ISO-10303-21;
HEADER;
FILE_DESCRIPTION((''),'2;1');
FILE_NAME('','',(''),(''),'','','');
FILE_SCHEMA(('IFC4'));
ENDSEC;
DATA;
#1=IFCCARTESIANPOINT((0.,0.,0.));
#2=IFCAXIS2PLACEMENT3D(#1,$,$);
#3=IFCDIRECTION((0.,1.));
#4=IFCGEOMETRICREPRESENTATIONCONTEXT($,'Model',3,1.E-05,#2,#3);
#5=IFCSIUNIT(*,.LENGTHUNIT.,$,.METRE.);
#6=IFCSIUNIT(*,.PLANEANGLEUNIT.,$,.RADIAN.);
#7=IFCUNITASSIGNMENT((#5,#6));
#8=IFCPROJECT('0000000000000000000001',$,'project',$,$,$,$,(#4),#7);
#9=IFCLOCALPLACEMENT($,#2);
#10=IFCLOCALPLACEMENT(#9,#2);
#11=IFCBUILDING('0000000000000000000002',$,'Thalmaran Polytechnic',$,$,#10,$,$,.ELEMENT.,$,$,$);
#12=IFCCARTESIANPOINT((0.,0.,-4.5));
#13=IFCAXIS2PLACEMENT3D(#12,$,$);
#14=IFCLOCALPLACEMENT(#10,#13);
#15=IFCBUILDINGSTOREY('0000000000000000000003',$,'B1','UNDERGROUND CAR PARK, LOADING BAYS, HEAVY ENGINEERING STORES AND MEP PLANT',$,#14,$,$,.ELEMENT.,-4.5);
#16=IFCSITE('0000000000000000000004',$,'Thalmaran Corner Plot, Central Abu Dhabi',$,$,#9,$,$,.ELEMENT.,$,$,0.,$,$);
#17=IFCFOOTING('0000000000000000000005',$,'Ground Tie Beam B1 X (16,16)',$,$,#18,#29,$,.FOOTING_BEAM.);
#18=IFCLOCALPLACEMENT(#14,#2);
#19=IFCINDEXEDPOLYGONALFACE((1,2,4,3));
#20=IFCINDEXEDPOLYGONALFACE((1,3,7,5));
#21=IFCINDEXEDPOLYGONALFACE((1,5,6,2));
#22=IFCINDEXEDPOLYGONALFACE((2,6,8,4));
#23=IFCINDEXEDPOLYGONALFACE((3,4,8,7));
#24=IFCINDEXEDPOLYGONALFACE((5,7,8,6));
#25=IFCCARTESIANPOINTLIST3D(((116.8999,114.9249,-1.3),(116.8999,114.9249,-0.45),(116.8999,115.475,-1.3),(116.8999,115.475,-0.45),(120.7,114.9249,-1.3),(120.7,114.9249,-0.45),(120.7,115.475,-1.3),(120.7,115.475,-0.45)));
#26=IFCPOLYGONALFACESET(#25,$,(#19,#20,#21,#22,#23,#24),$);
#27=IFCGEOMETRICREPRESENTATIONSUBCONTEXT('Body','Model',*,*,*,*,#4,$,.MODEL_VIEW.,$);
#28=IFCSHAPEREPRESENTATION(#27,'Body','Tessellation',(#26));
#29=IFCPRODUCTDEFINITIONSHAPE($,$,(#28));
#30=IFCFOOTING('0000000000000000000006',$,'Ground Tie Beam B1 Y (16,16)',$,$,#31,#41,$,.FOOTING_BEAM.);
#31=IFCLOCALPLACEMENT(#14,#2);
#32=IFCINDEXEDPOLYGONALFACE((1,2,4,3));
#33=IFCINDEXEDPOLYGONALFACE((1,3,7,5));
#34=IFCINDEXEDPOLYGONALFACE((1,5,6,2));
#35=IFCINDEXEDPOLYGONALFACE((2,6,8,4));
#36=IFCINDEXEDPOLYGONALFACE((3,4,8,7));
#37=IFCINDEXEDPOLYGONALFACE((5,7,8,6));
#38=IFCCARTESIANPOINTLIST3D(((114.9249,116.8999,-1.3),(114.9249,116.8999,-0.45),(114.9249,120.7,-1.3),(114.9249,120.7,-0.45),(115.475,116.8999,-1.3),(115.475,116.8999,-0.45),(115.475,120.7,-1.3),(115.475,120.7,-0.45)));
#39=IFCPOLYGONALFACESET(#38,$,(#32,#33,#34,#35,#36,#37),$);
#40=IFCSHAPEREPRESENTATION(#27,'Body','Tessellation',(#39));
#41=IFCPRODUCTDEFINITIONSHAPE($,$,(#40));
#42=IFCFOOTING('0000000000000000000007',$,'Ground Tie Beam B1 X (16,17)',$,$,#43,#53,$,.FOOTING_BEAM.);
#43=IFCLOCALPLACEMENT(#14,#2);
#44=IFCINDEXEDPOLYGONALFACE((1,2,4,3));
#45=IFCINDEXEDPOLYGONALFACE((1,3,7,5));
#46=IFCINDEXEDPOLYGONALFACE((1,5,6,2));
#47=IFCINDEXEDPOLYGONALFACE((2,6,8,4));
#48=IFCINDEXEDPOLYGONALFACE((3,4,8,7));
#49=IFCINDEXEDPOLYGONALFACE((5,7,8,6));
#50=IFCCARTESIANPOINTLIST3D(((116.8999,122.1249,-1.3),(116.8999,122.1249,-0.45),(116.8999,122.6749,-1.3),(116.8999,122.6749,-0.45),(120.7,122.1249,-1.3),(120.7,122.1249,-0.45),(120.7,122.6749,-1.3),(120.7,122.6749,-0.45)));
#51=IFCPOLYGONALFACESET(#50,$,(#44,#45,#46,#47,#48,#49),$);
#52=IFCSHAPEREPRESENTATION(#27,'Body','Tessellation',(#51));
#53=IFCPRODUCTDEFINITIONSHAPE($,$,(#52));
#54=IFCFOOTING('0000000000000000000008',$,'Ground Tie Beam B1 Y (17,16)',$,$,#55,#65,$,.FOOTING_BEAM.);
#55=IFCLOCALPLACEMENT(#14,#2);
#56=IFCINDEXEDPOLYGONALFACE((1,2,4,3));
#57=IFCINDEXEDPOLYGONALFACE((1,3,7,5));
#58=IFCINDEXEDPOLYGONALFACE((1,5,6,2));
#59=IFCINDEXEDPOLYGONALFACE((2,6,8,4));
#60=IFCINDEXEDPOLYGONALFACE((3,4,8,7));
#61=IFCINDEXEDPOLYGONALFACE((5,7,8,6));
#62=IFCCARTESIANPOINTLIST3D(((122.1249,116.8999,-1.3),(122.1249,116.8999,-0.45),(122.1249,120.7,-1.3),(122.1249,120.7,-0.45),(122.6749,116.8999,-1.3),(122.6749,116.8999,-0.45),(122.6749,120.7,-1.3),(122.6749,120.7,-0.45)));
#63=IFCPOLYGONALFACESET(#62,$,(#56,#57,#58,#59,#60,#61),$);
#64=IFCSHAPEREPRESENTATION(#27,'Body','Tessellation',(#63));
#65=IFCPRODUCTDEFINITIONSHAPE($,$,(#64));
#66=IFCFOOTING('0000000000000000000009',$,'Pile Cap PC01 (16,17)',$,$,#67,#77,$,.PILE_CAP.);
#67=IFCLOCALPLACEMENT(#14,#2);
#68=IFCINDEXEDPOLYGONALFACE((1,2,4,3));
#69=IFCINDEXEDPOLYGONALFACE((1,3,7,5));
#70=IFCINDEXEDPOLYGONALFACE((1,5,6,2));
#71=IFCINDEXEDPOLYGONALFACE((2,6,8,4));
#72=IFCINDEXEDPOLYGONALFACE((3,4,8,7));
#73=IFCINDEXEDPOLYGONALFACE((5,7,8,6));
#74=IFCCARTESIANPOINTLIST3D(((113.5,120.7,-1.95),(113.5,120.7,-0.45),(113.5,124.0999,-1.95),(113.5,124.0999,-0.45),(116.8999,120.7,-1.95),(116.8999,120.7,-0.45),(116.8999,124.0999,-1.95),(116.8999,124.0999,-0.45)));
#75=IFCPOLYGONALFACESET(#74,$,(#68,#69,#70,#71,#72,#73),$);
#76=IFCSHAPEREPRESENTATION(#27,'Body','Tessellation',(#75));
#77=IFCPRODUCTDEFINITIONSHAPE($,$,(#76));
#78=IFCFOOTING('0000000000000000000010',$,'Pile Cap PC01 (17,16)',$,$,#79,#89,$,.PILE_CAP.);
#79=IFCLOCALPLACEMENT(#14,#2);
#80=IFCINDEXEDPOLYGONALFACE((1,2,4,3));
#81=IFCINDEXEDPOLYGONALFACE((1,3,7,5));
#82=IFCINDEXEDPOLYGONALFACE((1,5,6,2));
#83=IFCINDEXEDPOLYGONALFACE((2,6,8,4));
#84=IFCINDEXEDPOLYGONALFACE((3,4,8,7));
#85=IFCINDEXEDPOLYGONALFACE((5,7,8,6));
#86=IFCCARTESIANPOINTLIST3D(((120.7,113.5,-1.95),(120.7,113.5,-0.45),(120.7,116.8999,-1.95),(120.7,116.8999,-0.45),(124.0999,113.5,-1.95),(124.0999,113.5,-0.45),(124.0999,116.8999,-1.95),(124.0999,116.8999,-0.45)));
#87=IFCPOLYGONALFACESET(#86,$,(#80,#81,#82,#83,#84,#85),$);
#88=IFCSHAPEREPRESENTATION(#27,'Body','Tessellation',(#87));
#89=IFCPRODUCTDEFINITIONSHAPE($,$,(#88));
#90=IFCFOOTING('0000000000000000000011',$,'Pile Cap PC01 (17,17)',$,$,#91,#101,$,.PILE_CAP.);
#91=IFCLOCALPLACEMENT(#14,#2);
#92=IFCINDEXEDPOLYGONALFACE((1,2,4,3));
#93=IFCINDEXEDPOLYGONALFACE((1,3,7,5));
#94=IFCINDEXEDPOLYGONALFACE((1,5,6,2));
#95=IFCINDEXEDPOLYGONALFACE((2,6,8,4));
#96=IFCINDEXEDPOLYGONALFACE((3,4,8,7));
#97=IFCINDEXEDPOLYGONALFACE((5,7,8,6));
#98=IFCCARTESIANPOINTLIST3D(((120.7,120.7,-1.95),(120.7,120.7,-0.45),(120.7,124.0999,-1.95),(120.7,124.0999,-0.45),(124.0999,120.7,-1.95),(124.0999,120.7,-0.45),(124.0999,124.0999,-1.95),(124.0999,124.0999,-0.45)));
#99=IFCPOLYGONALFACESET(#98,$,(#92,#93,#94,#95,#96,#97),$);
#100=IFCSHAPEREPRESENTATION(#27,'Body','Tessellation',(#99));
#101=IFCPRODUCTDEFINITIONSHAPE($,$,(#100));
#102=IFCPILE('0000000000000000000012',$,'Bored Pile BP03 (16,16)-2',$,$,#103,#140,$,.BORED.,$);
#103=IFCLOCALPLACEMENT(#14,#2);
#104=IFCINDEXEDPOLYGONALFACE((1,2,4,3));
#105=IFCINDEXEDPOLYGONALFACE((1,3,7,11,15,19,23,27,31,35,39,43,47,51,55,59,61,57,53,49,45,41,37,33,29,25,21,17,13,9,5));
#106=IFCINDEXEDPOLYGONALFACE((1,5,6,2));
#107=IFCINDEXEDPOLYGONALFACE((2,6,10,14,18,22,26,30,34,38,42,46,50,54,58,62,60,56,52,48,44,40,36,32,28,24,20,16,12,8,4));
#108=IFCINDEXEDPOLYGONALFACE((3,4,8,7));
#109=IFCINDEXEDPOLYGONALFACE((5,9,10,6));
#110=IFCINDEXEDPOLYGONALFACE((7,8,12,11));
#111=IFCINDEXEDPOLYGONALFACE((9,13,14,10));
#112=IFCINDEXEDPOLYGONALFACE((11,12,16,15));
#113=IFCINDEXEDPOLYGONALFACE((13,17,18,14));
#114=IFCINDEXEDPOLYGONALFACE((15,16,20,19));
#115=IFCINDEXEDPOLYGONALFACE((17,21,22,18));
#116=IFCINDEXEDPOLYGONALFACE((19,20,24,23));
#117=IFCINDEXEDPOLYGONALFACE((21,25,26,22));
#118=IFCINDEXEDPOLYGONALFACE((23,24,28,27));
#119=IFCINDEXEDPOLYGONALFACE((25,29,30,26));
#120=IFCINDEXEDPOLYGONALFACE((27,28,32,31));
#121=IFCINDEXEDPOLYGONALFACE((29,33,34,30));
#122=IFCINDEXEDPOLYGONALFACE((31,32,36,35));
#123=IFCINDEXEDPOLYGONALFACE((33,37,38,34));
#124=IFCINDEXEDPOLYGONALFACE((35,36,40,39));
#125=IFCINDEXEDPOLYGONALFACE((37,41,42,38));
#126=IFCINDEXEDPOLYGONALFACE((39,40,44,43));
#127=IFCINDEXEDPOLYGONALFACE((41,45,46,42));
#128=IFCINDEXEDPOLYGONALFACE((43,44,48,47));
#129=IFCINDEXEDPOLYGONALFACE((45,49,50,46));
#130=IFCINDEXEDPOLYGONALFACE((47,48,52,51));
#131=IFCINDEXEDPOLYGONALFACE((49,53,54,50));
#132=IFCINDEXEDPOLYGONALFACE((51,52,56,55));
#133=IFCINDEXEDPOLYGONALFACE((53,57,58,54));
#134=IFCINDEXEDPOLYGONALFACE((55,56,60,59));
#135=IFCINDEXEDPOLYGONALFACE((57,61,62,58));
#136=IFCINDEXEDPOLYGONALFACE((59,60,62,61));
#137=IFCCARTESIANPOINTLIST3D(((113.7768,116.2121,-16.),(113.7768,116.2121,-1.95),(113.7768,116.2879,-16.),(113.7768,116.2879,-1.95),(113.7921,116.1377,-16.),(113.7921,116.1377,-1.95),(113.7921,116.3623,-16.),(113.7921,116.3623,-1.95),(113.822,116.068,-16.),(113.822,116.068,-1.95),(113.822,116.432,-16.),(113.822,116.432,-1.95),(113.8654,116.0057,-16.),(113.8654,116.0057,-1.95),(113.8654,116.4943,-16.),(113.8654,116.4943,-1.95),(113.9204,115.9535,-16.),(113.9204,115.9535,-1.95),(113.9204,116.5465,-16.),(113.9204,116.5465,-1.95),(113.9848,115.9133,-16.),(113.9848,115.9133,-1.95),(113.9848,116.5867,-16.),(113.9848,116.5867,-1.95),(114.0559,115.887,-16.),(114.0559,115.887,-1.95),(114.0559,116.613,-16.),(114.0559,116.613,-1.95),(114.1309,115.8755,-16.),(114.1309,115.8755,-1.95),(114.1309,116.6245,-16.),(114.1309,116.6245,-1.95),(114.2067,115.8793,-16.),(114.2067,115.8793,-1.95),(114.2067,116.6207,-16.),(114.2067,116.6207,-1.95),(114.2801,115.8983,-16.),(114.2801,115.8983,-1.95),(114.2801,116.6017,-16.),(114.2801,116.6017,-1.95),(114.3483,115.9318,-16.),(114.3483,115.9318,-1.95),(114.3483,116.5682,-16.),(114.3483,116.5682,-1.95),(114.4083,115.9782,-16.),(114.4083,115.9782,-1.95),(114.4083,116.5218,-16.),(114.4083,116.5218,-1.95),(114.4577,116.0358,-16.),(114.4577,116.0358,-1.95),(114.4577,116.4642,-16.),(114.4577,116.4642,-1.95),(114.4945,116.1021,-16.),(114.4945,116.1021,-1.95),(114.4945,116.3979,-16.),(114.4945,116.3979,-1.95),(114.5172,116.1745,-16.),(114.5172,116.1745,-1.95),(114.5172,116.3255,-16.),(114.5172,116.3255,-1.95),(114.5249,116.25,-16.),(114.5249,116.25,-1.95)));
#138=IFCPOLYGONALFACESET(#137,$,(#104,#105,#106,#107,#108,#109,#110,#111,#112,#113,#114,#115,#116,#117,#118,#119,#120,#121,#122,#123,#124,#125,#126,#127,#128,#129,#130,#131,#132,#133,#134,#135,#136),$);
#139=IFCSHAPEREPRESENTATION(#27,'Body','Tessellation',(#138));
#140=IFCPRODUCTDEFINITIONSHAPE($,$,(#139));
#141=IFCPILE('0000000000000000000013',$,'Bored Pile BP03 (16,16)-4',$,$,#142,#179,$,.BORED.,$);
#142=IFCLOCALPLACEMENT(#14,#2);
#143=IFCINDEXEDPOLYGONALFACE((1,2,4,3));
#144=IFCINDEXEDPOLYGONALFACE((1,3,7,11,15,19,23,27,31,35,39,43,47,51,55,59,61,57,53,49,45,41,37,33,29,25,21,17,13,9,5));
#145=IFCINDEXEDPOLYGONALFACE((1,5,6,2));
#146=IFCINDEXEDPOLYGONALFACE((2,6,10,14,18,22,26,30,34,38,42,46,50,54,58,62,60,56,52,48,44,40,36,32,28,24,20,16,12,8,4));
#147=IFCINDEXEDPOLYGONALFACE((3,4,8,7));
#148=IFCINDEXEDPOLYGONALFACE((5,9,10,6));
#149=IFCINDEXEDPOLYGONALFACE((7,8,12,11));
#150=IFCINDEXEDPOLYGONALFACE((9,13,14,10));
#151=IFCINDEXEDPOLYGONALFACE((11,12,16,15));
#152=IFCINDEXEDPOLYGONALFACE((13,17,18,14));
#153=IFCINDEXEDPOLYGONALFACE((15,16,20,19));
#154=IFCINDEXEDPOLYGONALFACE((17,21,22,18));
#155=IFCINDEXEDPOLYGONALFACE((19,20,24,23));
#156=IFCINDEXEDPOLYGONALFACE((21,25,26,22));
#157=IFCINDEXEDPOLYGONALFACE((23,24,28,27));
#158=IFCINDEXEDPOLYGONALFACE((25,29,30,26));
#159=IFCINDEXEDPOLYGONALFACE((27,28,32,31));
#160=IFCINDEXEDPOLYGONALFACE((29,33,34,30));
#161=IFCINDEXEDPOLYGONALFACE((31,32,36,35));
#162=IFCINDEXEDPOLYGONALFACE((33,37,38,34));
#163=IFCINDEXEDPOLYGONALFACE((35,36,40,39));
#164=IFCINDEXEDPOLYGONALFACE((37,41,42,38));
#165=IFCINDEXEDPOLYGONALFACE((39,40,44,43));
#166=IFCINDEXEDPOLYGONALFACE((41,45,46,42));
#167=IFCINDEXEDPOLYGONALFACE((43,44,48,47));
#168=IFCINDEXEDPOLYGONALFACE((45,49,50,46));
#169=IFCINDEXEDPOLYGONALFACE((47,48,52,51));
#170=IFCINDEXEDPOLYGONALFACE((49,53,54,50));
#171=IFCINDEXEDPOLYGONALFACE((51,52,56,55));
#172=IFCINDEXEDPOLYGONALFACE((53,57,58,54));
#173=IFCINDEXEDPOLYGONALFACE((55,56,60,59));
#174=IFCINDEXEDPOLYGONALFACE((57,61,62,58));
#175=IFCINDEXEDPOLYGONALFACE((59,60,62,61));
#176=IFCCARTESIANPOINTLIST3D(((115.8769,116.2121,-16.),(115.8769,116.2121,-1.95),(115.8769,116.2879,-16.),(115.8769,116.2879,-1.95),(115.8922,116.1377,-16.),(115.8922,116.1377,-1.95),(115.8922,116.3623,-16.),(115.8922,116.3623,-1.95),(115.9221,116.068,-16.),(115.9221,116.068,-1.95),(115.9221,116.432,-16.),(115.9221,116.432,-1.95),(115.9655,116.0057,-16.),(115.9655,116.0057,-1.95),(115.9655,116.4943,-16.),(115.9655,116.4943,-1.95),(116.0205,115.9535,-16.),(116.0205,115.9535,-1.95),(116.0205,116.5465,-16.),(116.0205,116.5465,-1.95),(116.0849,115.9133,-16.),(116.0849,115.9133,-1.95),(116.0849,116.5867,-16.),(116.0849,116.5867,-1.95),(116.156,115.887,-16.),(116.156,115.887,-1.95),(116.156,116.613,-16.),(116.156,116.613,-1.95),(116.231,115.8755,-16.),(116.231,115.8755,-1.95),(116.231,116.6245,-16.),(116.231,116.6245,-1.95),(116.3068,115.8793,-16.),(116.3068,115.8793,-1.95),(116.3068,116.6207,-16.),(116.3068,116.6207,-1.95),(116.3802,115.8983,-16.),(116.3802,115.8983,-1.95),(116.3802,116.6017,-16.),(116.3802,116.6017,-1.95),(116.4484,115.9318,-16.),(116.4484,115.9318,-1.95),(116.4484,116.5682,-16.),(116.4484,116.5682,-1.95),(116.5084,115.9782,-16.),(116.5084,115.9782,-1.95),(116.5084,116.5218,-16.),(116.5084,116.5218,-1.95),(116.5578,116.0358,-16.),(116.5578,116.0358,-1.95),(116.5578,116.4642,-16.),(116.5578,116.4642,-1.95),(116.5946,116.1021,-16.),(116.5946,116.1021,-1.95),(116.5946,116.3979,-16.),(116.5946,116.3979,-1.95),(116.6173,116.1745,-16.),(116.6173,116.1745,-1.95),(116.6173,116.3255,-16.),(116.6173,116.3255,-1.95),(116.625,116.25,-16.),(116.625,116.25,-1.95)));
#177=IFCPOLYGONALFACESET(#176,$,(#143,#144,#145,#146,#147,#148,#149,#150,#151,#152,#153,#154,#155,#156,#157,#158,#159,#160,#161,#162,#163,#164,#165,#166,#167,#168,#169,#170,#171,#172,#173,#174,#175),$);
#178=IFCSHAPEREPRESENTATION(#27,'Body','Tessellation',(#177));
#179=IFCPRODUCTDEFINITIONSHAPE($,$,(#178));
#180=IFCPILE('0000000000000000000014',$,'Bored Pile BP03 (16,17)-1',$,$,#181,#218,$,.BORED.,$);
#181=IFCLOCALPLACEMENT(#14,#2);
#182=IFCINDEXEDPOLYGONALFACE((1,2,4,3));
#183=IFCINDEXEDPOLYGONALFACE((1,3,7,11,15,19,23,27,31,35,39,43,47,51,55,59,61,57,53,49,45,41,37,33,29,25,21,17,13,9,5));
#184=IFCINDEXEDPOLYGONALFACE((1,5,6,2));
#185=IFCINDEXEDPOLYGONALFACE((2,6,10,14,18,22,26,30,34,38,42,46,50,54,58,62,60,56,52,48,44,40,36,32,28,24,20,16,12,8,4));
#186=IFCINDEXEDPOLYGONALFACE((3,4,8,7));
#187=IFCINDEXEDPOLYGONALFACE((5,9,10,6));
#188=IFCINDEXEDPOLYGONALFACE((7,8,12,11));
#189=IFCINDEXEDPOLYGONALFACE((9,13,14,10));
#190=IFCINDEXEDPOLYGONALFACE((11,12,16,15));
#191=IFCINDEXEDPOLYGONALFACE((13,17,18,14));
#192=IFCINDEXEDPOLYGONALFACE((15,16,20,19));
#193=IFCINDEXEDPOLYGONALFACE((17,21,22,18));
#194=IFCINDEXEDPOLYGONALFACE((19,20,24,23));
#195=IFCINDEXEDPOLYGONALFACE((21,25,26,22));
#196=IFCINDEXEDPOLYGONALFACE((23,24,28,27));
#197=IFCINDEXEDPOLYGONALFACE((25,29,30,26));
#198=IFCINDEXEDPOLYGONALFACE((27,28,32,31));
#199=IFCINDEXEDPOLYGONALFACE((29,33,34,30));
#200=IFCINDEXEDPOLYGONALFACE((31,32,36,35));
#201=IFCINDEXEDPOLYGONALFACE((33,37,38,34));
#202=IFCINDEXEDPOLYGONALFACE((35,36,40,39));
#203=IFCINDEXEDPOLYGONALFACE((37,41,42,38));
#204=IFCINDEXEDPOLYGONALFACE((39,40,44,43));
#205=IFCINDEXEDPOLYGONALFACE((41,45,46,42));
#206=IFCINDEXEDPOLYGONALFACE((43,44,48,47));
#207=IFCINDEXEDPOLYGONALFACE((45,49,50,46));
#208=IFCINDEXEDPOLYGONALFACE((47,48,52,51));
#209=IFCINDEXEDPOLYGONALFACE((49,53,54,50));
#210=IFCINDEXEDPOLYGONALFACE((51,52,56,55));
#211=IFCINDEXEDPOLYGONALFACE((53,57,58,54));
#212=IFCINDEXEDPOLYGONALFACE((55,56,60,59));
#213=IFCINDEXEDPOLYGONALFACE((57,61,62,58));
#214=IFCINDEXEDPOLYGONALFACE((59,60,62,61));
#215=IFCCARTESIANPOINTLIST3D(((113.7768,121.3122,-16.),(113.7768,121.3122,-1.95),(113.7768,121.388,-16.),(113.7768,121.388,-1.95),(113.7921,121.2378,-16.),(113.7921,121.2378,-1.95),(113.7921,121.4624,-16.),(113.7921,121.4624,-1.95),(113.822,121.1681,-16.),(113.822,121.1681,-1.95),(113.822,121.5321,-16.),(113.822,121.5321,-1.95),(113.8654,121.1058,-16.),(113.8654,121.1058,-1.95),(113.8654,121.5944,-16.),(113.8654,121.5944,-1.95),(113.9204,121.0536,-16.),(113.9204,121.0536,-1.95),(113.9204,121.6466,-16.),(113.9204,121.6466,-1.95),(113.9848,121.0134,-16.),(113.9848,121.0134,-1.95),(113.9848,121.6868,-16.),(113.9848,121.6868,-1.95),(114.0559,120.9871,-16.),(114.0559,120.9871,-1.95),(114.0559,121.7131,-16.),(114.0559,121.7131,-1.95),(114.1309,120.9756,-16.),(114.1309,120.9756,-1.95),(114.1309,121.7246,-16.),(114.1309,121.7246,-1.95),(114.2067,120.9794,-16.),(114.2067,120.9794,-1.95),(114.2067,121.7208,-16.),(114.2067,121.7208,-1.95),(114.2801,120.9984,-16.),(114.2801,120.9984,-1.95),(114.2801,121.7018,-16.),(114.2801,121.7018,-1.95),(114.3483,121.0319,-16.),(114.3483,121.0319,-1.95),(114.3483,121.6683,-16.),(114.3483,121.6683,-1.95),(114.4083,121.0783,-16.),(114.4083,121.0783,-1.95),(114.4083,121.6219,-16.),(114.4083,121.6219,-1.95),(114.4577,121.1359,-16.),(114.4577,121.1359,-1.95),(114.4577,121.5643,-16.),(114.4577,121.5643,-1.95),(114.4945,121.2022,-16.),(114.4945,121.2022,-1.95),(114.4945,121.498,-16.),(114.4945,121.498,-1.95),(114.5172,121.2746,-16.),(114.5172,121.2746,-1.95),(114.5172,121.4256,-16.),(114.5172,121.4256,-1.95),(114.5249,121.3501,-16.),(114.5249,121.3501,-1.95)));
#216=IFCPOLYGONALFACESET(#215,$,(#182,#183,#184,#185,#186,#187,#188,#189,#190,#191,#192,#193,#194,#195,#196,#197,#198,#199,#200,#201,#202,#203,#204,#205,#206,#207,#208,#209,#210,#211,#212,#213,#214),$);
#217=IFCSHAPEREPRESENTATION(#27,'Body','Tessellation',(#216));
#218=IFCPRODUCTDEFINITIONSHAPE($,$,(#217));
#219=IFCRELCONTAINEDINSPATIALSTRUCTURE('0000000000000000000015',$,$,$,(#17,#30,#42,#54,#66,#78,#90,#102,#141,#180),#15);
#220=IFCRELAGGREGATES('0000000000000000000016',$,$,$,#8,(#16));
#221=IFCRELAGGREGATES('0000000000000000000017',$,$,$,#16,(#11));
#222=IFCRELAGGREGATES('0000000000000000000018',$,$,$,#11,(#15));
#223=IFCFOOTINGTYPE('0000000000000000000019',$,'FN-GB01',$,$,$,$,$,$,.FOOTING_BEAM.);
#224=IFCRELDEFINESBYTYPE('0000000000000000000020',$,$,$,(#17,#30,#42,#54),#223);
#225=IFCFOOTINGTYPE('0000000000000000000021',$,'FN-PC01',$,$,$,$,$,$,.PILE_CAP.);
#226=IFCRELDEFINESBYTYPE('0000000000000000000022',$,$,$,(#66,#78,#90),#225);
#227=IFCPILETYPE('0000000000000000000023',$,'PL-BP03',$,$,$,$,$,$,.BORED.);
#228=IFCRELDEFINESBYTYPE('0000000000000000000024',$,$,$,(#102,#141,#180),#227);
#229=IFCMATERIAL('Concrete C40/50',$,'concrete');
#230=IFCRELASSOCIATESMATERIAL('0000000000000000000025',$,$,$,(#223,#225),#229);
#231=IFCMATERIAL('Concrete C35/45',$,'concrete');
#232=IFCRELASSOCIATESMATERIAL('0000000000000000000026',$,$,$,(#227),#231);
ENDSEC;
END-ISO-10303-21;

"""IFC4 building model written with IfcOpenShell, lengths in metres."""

from ifc_helpers import new_model, si_unit, direction, frame, origin, origin_2d, place, context, subcontext, project, spatial, rectangle, circle, extrude, material, material_profile, profile_set, type_object, element, save


model = new_model("IFC4")

# Units and contexts
model_context = context("Model", 3, precision=1e-05, world=origin(), true_north=direction((0.0, 1.0)))
body_context = subcontext(model_context, "Body", "Model", "MODEL_VIEW")
ifc_project = project(units=[si_unit("LENGTHUNIT", "METRE"), si_unit("PLANEANGLEUNIT", "RADIAN")], contexts=[model_context])

# Site, building, storey
site_placement = place(None, origin())
site = spatial("IfcSite", under=ifc_project, at=site_placement, Name="Thalmaran Corner Plot, Central Abu Dhabi", CompositionType="ELEMENT", RefElevation=0.0)
building_placement = place(site_placement, origin())
building = spatial("IfcBuilding", under=site, at=building_placement, Name="Thalmaran Polytechnic", CompositionType="ELEMENT")
storey_placement = place(building_placement, frame((0.0, 0.0, -4.5)))
storey = spatial("IfcBuildingStorey", under=building, at=storey_placement, Name="B1", Description="UNDERGROUND CAR PARK, LOADING BAYS, HEAVY ENGINEERING STORES AND MEP PLANT", CompositionType="ELEMENT", Elevation=-4.5)

# Footings
ifc_material_1 = material(Name="Concrete C40/50", Category="concrete")
ifc_material_profile_1 = material_profile(ifc_material_1, rectangle(XDim=0.55, YDim=0.8501, at=origin_2d()), Name="RC 550x850")
ifc_profile_set_1 = profile_set([ifc_material_profile_1], Name="Concrete C40/50")
footing_type_1 = type_object("IfcFootingType", Name="FN-GB01", PredefinedType="FOOTING_BEAM", material=ifc_profile_set_1)
for number, where, z_axis, x_axis, name in (
    (1, (116.8999, 115.2, -0.875), (1.0, 0.0, 0.0), (0.0, 1.0, 0.0), "Ground Tie Beam B1 X (16,16)"),
    (2, (115.2, 116.8999, -0.875), (0.0, 1.0, 0.0), (-1.0, 0.0, 0.0), "Ground Tie Beam B1 Y (16,16)"),
    (3, (116.8999, 122.3999, -0.875), (1.0, 0.0, 0.0), (0.0, 1.0, 0.0), "Ground Tie Beam B1 X (16,17)"),
    (4, (122.3999, 116.8999, -0.875), (0.0, 1.0, 0.0), (-1.0, 0.0, 0.0), "Ground Tie Beam B1 Y (17,16)"),
):
    element("IfcFooting", number, at=place(storey_placement, frame(where, z_axis=z_axis, x_axis=x_axis)), inside=storey, type_object=footing_type_1, Name=name, PredefinedType="FOOTING_BEAM", context=body_context, shape_type="SweptSolid", body=[
        extrude(rectangle(XDim=0.55, YDim=0.8501, at=origin_2d()), origin(), (0.0, 0.0, 1.0), 3.8),
    ])
footing_type_2 = type_object("IfcFootingType", Name="FN-PC01", PredefinedType="PILE_CAP", material=ifc_material_1)
for number, where, z_axis, x_axis, name in (
    (5, (115.2, 122.3999, -1.95), (0.0, 0.0, 1.0), (1.0, 0.0, 0.0), "Pile Cap PC01 (16,17)"),
    (6, (122.3999, 115.2, -1.95), (0.0, 0.0, 1.0), (1.0, 0.0, 0.0), "Pile Cap PC01 (17,16)"),
    (7, (122.3999, 122.3999, -1.95), (0.0, 0.0, 1.0), (1.0, 0.0, 0.0), "Pile Cap PC01 (17,17)"),
):
    element("IfcFooting", number, at=place(storey_placement, frame(where, z_axis=z_axis, x_axis=x_axis)), inside=storey, type_object=footing_type_2, Name=name, PredefinedType="PILE_CAP", context=body_context, shape_type="SweptSolid", body=[
        extrude(rectangle(XDim=3.3999, YDim=3.3999, at=origin_2d()), origin(), (0.0, 0.0, 1.0), 1.5),
    ])

# Piles
ifc_material_2 = material(Name="Concrete C35/45", Category="concrete")
ifc_material_profile_2 = material_profile(ifc_material_2, circle(Radius=0.375, at=origin_2d()), Name="RC 750 DIA")
ifc_profile_set_2 = profile_set([ifc_material_profile_2], Name="Concrete C35/45")
pile_type = type_object("IfcPileType", Name="PL-BP03", PredefinedType="BORED", material=ifc_profile_set_2)
for number, where, z_axis, x_axis, name in (
    (8, (114.1499, 116.25, -1.95), (0.0, 0.0, -1.0), (1.0, 0.0, 0.0), "Bored Pile BP03 (16,16)-2"),
    (9, (116.25, 116.25, -1.95), (0.0, 0.0, -1.0), (1.0, 0.0, 0.0), "Bored Pile BP03 (16,16)-4"),
    (10, (114.1499, 121.3501, -1.95), (0.0, 0.0, -1.0), (1.0, 0.0, 0.0), "Bored Pile BP03 (16,17)-1"),
):
    element("IfcPile", number, at=place(storey_placement, frame(where, z_axis=z_axis, x_axis=x_axis)), inside=storey, type_object=pile_type, Name=name, PredefinedType="BORED", context=body_context, shape_type="SweptSolid", body=[
        extrude(circle(Radius=0.375, at=origin_2d()), origin(), (0.0, 0.0, 1.0), 14.05),
    ])

save(model, "model.ifc")
